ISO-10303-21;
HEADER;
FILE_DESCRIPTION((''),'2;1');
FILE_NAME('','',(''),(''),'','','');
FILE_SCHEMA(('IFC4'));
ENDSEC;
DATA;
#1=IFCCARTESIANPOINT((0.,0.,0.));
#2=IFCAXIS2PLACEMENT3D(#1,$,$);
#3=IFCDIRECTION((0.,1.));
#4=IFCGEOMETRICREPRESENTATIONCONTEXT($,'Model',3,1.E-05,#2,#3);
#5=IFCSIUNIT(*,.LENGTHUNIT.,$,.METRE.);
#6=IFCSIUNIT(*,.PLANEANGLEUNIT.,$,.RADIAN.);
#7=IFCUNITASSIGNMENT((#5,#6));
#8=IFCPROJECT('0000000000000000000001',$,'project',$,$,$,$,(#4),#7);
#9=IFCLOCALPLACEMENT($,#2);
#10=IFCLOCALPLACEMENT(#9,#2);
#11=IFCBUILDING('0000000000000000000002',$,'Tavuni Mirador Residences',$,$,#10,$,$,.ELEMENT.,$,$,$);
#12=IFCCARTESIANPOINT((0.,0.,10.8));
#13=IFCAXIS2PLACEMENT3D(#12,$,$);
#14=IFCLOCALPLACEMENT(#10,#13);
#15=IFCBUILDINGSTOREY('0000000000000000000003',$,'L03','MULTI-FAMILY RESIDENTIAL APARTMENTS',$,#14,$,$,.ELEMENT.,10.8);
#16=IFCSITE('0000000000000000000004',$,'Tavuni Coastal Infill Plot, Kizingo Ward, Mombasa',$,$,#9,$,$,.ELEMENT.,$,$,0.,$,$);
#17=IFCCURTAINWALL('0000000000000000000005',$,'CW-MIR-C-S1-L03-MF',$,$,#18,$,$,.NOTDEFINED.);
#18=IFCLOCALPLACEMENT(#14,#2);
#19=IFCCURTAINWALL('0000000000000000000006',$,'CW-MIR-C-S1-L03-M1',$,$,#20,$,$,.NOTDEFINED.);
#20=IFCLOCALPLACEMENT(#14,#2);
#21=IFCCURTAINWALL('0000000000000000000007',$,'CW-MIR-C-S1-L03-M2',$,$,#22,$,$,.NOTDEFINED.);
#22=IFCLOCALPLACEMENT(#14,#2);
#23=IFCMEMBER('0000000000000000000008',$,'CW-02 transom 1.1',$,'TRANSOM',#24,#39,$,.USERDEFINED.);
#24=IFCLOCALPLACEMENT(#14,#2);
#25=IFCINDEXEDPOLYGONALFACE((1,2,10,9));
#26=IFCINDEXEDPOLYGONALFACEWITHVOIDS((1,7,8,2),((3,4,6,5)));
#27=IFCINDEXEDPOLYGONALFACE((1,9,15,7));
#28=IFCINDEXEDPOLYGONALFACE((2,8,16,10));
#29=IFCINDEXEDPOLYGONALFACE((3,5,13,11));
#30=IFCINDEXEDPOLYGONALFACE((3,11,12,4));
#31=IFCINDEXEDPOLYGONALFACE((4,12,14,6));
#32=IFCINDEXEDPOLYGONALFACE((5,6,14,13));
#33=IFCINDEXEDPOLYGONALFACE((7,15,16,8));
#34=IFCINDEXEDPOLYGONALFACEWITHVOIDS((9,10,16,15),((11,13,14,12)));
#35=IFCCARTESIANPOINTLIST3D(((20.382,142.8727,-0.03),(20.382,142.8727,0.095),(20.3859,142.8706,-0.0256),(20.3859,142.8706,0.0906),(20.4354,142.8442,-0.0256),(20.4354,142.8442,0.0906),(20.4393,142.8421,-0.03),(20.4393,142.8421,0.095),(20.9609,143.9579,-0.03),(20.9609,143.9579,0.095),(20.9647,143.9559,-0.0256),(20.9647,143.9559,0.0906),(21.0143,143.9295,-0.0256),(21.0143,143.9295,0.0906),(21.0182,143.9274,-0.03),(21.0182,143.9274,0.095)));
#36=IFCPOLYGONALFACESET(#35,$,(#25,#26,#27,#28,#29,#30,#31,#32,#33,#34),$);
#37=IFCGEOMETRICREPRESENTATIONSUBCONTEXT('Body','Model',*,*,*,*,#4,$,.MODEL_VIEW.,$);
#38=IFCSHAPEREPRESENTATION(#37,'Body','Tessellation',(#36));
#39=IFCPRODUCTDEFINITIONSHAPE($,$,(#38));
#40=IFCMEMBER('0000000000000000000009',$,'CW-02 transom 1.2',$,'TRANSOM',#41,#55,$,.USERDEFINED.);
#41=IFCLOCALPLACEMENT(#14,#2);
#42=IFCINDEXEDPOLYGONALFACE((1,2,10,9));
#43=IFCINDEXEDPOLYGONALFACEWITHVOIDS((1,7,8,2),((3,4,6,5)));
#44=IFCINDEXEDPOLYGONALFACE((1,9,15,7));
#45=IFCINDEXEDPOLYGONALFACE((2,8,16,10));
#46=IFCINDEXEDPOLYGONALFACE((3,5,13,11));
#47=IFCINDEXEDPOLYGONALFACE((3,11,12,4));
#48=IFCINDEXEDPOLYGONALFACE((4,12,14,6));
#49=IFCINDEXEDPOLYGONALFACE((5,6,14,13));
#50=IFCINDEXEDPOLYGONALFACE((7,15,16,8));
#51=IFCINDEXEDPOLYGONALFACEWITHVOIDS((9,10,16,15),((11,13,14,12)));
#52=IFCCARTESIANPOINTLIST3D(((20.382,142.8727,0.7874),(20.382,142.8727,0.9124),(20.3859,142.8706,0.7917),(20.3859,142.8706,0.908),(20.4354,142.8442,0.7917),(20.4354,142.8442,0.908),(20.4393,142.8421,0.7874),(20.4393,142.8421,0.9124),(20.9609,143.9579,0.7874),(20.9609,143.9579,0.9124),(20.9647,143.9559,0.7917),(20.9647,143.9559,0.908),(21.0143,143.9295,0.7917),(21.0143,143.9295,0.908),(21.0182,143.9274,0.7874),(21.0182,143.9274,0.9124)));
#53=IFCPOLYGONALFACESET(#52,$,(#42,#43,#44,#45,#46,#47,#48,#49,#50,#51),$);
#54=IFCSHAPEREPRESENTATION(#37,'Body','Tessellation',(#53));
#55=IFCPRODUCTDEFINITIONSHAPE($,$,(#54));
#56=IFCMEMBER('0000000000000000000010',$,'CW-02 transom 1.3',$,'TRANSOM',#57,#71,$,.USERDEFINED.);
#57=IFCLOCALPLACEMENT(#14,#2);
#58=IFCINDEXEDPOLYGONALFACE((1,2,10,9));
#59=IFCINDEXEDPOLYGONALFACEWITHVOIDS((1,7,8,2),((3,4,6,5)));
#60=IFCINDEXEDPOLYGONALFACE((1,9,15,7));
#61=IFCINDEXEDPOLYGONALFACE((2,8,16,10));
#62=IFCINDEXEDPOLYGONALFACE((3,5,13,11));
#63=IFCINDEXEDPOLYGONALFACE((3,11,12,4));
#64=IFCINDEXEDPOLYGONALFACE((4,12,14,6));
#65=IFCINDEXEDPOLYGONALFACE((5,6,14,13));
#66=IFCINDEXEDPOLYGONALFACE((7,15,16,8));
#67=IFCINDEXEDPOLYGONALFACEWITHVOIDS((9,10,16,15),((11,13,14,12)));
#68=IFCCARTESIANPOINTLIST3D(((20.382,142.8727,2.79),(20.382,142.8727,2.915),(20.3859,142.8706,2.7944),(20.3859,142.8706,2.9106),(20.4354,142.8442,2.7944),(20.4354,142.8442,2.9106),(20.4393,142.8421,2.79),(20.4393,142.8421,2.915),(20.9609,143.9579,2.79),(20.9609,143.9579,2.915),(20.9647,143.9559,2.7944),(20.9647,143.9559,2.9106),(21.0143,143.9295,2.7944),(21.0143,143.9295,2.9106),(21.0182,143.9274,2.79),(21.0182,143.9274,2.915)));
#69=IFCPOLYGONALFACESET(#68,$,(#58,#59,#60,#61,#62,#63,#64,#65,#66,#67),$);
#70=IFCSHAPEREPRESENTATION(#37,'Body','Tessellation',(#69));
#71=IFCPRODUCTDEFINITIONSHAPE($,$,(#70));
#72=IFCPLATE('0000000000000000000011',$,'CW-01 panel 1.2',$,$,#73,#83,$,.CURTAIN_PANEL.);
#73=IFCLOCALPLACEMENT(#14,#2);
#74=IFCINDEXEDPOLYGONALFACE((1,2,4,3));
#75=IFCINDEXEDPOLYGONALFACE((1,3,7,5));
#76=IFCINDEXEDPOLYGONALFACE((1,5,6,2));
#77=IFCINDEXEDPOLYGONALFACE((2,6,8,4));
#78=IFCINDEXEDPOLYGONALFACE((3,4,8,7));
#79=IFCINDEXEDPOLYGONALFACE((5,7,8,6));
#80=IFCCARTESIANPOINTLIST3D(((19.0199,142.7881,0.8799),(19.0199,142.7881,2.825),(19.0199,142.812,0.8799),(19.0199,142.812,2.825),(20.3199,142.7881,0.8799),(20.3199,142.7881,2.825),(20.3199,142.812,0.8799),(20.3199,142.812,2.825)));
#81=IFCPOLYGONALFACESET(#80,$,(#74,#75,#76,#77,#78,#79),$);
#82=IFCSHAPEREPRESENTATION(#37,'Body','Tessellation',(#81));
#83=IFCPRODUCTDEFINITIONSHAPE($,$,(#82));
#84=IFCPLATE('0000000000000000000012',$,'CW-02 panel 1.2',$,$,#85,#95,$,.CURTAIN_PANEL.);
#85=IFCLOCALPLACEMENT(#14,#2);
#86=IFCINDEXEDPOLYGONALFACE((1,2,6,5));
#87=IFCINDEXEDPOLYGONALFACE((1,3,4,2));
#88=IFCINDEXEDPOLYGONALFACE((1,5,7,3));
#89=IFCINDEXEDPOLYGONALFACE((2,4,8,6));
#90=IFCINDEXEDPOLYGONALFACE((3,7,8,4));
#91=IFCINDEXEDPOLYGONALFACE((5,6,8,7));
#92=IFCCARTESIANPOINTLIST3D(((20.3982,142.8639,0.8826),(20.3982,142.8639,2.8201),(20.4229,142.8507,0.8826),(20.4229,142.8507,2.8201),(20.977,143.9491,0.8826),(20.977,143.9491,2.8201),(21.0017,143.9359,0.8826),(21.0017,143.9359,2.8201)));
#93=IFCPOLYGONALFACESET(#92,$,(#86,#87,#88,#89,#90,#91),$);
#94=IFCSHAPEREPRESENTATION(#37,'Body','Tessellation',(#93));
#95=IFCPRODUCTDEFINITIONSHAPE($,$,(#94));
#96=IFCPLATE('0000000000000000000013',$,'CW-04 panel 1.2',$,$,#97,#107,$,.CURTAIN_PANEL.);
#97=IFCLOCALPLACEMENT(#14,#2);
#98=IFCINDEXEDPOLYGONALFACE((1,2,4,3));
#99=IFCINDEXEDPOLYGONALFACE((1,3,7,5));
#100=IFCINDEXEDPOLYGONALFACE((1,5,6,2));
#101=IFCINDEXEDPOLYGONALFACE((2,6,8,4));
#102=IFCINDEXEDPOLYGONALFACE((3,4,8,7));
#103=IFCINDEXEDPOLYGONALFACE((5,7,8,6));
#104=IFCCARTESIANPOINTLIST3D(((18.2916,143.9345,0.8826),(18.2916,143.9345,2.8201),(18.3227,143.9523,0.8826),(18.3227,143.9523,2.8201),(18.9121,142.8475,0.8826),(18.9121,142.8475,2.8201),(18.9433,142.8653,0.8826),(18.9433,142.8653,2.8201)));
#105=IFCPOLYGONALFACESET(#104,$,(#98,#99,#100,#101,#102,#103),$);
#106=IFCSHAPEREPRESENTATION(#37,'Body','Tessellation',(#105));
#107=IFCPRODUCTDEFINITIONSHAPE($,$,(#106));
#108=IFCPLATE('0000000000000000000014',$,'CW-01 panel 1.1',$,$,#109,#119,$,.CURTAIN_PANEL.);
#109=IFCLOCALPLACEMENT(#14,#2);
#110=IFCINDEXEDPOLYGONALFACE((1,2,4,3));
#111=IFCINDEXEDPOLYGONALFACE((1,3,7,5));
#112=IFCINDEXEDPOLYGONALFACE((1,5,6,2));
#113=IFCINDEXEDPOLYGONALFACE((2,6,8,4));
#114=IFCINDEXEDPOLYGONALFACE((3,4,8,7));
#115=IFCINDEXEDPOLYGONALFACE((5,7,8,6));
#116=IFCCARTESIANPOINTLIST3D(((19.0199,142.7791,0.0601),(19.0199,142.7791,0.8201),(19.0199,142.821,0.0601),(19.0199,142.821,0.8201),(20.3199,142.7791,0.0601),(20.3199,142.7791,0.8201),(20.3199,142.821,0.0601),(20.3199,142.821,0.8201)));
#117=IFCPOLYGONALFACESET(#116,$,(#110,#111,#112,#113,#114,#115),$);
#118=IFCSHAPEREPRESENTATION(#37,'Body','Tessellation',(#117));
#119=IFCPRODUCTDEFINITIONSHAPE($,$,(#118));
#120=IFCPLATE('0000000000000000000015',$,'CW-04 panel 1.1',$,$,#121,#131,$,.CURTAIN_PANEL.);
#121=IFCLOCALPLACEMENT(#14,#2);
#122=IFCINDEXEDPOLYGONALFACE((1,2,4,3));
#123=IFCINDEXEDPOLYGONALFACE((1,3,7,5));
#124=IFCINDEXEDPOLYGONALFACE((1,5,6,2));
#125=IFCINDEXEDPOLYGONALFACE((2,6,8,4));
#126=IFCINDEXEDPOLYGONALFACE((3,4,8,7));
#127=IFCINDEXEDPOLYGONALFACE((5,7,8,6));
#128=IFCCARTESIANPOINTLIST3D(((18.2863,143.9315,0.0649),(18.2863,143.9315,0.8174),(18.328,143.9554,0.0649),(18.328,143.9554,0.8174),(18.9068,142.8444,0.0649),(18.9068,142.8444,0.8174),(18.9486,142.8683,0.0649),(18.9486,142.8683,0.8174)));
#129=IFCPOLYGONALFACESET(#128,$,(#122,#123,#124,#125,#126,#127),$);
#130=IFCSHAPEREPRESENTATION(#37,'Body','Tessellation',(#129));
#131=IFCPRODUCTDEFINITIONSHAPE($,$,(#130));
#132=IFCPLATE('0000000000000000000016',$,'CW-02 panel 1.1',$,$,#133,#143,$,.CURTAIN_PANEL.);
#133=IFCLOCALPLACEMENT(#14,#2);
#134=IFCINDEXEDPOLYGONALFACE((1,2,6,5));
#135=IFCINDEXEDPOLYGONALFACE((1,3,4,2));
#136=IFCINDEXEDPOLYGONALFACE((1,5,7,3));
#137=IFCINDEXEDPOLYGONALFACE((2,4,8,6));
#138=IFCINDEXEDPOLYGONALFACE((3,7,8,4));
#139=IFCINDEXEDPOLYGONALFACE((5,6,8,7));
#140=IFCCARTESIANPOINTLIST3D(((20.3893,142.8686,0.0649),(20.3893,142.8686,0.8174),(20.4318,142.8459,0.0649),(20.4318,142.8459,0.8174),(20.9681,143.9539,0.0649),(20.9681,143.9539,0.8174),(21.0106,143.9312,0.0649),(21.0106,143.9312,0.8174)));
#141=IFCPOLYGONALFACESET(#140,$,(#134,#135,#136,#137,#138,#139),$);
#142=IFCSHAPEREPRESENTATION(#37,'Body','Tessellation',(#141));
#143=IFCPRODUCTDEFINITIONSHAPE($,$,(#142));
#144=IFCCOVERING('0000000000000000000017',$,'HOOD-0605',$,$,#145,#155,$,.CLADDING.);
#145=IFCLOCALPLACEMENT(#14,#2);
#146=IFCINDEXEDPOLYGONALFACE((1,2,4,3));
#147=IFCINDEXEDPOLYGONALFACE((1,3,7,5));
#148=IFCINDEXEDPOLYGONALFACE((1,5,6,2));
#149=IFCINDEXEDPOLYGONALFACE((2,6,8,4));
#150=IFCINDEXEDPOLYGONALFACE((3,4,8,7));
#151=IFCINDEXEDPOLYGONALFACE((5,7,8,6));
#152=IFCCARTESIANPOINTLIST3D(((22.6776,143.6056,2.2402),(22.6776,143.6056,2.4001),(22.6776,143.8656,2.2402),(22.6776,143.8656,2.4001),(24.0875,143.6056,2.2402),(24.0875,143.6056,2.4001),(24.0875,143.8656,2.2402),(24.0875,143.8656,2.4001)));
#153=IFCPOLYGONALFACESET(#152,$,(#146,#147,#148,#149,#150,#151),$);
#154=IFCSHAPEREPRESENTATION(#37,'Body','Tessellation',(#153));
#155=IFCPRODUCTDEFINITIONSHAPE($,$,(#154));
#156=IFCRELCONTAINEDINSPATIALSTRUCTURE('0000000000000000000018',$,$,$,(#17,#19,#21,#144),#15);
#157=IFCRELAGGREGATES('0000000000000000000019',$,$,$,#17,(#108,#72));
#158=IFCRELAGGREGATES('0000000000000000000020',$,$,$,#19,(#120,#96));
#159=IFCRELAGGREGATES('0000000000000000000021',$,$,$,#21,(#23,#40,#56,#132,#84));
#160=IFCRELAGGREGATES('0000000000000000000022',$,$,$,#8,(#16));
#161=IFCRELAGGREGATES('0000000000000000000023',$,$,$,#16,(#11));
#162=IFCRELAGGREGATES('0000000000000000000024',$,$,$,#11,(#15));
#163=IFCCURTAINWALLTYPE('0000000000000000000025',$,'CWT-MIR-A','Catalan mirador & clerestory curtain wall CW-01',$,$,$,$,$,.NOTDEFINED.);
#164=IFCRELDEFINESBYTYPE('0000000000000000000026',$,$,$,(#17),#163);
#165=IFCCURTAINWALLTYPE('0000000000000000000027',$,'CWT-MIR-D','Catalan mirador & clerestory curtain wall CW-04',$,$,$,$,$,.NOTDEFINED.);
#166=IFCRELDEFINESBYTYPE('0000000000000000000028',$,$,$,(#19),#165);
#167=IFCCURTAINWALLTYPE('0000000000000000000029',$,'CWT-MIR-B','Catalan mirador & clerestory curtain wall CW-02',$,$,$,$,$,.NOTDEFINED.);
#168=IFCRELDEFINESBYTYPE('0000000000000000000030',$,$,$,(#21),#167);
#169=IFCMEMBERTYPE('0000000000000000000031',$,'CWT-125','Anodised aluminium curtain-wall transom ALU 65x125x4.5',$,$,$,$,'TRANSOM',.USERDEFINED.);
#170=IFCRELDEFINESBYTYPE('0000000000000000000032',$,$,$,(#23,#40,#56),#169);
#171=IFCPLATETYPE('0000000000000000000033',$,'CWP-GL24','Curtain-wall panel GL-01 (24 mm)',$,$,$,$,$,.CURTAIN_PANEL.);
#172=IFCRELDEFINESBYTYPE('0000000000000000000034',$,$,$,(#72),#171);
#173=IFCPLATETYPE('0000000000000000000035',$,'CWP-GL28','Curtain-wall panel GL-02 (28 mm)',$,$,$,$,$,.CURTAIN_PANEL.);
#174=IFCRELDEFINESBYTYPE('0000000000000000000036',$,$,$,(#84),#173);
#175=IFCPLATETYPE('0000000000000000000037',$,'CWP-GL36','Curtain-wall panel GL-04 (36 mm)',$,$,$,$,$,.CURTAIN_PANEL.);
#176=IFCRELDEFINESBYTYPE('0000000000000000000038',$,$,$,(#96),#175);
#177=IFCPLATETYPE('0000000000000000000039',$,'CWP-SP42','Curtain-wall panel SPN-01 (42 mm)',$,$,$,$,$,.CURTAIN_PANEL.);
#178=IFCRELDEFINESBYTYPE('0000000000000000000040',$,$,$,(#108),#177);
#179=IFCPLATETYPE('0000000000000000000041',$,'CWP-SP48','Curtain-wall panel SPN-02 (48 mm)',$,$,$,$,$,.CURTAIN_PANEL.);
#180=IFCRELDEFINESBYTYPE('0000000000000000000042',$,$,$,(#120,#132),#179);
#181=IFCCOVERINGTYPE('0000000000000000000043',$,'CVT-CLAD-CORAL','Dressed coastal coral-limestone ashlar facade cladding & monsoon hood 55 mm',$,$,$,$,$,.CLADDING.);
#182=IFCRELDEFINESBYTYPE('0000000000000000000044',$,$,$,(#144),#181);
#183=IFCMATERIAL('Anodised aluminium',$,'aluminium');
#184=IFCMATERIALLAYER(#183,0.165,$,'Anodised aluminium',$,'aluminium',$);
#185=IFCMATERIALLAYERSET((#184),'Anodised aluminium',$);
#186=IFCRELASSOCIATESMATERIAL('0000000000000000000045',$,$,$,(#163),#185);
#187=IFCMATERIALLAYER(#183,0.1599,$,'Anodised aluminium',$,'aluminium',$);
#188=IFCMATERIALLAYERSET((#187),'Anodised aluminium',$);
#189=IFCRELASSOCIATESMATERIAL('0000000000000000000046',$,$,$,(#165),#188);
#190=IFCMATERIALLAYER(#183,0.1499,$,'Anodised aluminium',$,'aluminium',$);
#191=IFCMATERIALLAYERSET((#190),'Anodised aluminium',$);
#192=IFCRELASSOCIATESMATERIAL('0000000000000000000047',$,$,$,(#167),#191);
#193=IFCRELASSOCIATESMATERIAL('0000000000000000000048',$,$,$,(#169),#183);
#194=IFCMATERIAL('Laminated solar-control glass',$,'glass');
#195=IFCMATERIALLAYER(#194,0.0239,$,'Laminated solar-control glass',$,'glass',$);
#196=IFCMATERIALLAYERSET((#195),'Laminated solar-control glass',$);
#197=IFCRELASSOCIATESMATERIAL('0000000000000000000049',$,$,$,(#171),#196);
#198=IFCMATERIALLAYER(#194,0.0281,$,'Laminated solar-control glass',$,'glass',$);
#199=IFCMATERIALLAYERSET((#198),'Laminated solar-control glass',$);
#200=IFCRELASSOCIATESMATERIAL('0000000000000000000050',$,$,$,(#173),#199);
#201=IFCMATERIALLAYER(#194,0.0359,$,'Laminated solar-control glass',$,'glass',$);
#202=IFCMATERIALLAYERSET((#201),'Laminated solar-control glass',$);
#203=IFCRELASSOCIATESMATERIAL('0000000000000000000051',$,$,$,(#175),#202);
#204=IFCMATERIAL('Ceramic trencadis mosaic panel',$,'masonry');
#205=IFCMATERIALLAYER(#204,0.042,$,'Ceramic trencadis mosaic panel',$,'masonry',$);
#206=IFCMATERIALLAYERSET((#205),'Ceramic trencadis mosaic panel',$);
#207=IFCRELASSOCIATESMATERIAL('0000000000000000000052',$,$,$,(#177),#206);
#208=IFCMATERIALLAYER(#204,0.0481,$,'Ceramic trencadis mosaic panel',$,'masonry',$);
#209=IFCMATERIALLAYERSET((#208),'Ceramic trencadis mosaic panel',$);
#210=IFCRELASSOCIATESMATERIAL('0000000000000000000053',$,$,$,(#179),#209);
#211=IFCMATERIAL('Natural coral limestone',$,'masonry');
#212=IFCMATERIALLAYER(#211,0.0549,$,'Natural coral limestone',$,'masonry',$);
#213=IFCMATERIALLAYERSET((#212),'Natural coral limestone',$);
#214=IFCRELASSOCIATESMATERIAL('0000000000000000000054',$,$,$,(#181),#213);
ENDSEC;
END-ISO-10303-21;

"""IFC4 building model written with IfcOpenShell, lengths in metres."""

from ifc_helpers import new_model, si_unit, direction, frame, origin, origin_2d, place, context, subcontext, project, spatial, rectangle, hollow_rectangle, extrude, material, layer, layer_set, material_profile, profile_set, type_object, element, aggregate, save


model = new_model("IFC4")

# Units and contexts
model_context = context("Model", 3, precision=1e-05, world=origin(), true_north=direction((0.0, 1.0)))
body_context = subcontext(model_context, "Body", "Model", "MODEL_VIEW")
ifc_project = project(units=[si_unit("LENGTHUNIT", "METRE"), si_unit("PLANEANGLEUNIT", "RADIAN")], contexts=[model_context])

# Site, building, storey
site_placement = place(None, origin())
site = spatial("IfcSite", under=ifc_project, at=site_placement, Name="Tavuni Coastal Infill Plot, Kizingo Ward, Mombasa", CompositionType="ELEMENT", RefElevation=0.0)
building_placement = place(site_placement, origin())
building = spatial("IfcBuilding", under=site, at=building_placement, Name="Tavuni Mirador Residences", CompositionType="ELEMENT")
storey_placement = place(building_placement, frame((0.0, 0.0, 10.8)))
storey = spatial("IfcBuildingStorey", under=building, at=storey_placement, Name="L03", Description="MULTI-FAMILY RESIDENTIAL APARTMENTS", CompositionType="ELEMENT", Elevation=10.8)

# Curtain walls
ifc_material_1 = material(Name="Anodised aluminium", Category="aluminium")
ifc_layer_1 = layer(ifc_material_1, 0.165, Name="Anodised aluminium", Category="aluminium")
ifc_layer_set_1 = layer_set([ifc_layer_1], Name="Anodised aluminium")
curtain_wall_type_1 = type_object("IfcCurtainWallType", Name="CWT-MIR-A", Description="Catalan mirador & clerestory curtain wall CW-01", PredefinedType="NOTDEFINED", material=ifc_layer_set_1)
curtain_wall_1_placement = place(storey_placement, origin())
curtain_wall_1 = element("IfcCurtainWall", 1, at=curtain_wall_1_placement, inside=storey, type_object=curtain_wall_type_1, Name="CW-MIR-C-S1-L03-MF", PredefinedType="NOTDEFINED")
ifc_layer_2 = layer(ifc_material_1, 0.1599, Name="Anodised aluminium", Category="aluminium")
ifc_layer_set_2 = layer_set([ifc_layer_2], Name="Anodised aluminium")
curtain_wall_type_2 = type_object("IfcCurtainWallType", Name="CWT-MIR-D", Description="Catalan mirador & clerestory curtain wall CW-04", PredefinedType="NOTDEFINED", material=ifc_layer_set_2)
curtain_wall_2_placement = place(storey_placement, origin())
curtain_wall_2 = element("IfcCurtainWall", 2, at=curtain_wall_2_placement, inside=storey, type_object=curtain_wall_type_2, Name="CW-MIR-C-S1-L03-M1", PredefinedType="NOTDEFINED")

# Curtain wall
ifc_layer_3 = layer(ifc_material_1, 0.1499, Name="Anodised aluminium", Category="aluminium")
ifc_layer_set_3 = layer_set([ifc_layer_3], Name="Anodised aluminium")
curtain_wall_type_3 = type_object("IfcCurtainWallType", Name="CWT-MIR-B", Description="Catalan mirador & clerestory curtain wall CW-02", PredefinedType="NOTDEFINED", material=ifc_layer_set_3)
curtain_wall_3_placement = place(storey_placement, origin())
curtain_wall_3 = element("IfcCurtainWall", 3, at=curtain_wall_3_placement, inside=storey, type_object=curtain_wall_type_3, Name="CW-MIR-C-S1-L03-M2", PredefinedType="NOTDEFINED")

# Members
ifc_material_profile_1 = material_profile(ifc_material_1, hollow_rectangle(XDim=0.0649, YDim=0.125, WallThickness=0.0044, at=origin_2d()), Name="ALU 65x125x4.5", Category="aluminium")
ifc_profile_set_1 = profile_set([ifc_material_profile_1], Name="Anodised aluminium")
member_type_1 = type_object("IfcMemberType", Name="CWT-125", Description="Anodised aluminium curtain-wall transom ALU 65x125x4.5", ElementType="TRANSOM", PredefinedType="USERDEFINED", material=ifc_profile_set_1)
member_1_placement = place(storey_placement, frame((20.4106, 142.8574, 0.0325), z_axis=(0.47064, 0.882325, 0.0), x_axis=(-0.882325, 0.47064, 0.0)))
member_1 = element("IfcMember", 4, at=member_1_placement, type_object=member_type_1, Name="CW-02 transom 1.1", ObjectType="TRANSOM", PredefinedType="USERDEFINED", context=body_context, shape_type="SweptSolid", body=[
    extrude(hollow_rectangle(XDim=0.0649, YDim=0.125, WallThickness=0.0044, at=origin_2d()), origin(), (0.0, 0.0, 1.0), 1.23),
])
member_2_placement = place(storey_placement, frame((20.4106, 142.8574, 0.8499), z_axis=(0.47064, 0.882325, 0.0), x_axis=(-0.882325, 0.47064, 0.0)))
member_2 = element("IfcMember", 5, at=member_2_placement, type_object=member_type_1, Name="CW-02 transom 1.2", ObjectType="TRANSOM", PredefinedType="USERDEFINED", context=body_context, shape_type="SweptSolid", body=[
    extrude(hollow_rectangle(XDim=0.0649, YDim=0.125, WallThickness=0.0044, at=origin_2d()), origin(), (0.0, 0.0, 1.0), 1.23),
])
member_3_placement = place(storey_placement, frame((20.4106, 142.8574, 2.8525), z_axis=(0.47064, 0.882325, 0.0), x_axis=(-0.882325, 0.47064, 0.0)))
member_3 = element("IfcMember", 6, at=member_3_placement, type_object=member_type_1, Name="CW-02 transom 1.3", ObjectType="TRANSOM", PredefinedType="USERDEFINED", context=body_context, shape_type="SweptSolid", body=[
    extrude(hollow_rectangle(XDim=0.0649, YDim=0.125, WallThickness=0.0044, at=origin_2d()), origin(), (0.0, 0.0, 1.0), 1.23),
])

# Plates
ifc_material_2 = material(Name="Laminated solar-control glass", Category="glass")
ifc_layer_4 = layer(ifc_material_2, 0.0239, Name="Laminated solar-control glass", Category="glass")
ifc_layer_set_4 = layer_set([ifc_layer_4], Name="Laminated solar-control glass")
plate_type_1 = type_object("IfcPlateType", Name="CWP-GL24", Description="Curtain-wall panel GL-01 (24 mm)", PredefinedType="CURTAIN_PANEL", material=ifc_layer_set_4)
plate_1_placement = place(storey_placement, frame((19.6699, 142.8, 0.8799), z_axis=(0.0, 0.0, 1.0), x_axis=(1.0, 0.0, 0.0)))
plate_1 = element("IfcPlate", 7, at=plate_1_placement, type_object=plate_type_1, Name="CW-01 panel 1.2", PredefinedType="CURTAIN_PANEL", context=body_context, shape_type="SweptSolid", body=[
    extrude(rectangle(XDim=1.3, YDim=0.0239, at=origin_2d()), origin(), (0.0, 0.0, 1.0), 1.9451),
])
ifc_layer_5 = layer(ifc_material_2, 0.0281, Name="Laminated solar-control glass", Category="glass")
ifc_layer_set_5 = layer_set([ifc_layer_5], Name="Laminated solar-control glass")
plate_type_2 = type_object("IfcPlateType", Name="CWP-GL28", Description="Curtain-wall panel GL-02 (28 mm)", PredefinedType="CURTAIN_PANEL", material=ifc_layer_set_5)
plate_2_placement = place(storey_placement, frame((20.7, 143.3999, 0.8826), z_axis=(0.0, 0.0, 1.0), x_axis=(0.470588, 0.882353, 0.0)))
plate_2 = element("IfcPlate", 8, at=plate_2_placement, type_object=plate_type_2, Name="CW-02 panel 1.2", PredefinedType="CURTAIN_PANEL", context=body_context, shape_type="SweptSolid", body=[
    extrude(rectangle(XDim=1.23, YDim=0.0281, at=origin_2d()), origin(), (0.0, 0.0, 1.0), 1.9375),
])
ifc_layer_6 = layer(ifc_material_2, 0.0359, Name="Laminated solar-control glass", Category="glass")
ifc_layer_set_6 = layer_set([ifc_layer_6], Name="Laminated solar-control glass")
plate_type_3 = type_object("IfcPlateType", Name="CWP-GL36", Description="Curtain-wall panel GL-04 (36 mm)", PredefinedType="CURTAIN_PANEL", material=ifc_layer_set_6)
plate_3_placement = place(storey_placement, frame((18.6174, 143.3999, 0.8826), z_axis=(0.0, 0.0, 1.0), x_axis=(0.495749, -0.868466, 0.0)))
plate_3 = element("IfcPlate", 9, at=plate_3_placement, type_object=plate_type_3, Name="CW-04 panel 1.2", PredefinedType="CURTAIN_PANEL", context=body_context, shape_type="SweptSolid", body=[
    extrude(rectangle(XDim=1.2517, YDim=0.0359, at=origin_2d()), origin(), (0.0, 0.0, 1.0), 1.9375),
])
ifc_material_3 = material(Name="Ceramic trencadis mosaic panel", Category="masonry")
ifc_layer_7 = layer(ifc_material_3, 0.042, Name="Ceramic trencadis mosaic panel", Category="masonry")
ifc_layer_set_7 = layer_set([ifc_layer_7], Name="Ceramic trencadis mosaic panel")
plate_type_4 = type_object("IfcPlateType", Name="CWP-SP42", Description="Curtain-wall panel SPN-01 (42 mm)", PredefinedType="CURTAIN_PANEL", material=ifc_layer_set_7)
plate_4_placement = place(storey_placement, frame((19.6699, 142.8, 0.0601), z_axis=(0.0, 0.0, 1.0), x_axis=(1.0, 0.0, 0.0)))
plate_4 = element("IfcPlate", 10, at=plate_4_placement, type_object=plate_type_4, Name="CW-01 panel 1.1", PredefinedType="CURTAIN_PANEL", context=body_context, shape_type="SweptSolid", body=[
    extrude(rectangle(XDim=1.3, YDim=0.042, at=origin_2d()), origin(), (0.0, 0.0, 1.0), 0.76),
])
aggregate(curtain_wall_1, [plate_4, plate_1])
ifc_layer_8 = layer(ifc_material_3, 0.0481, Name="Ceramic trencadis mosaic panel", Category="masonry")
ifc_layer_set_8 = layer_set([ifc_layer_8], Name="Ceramic trencadis mosaic panel")
plate_type_5 = type_object("IfcPlateType", Name="CWP-SP48", Description="Curtain-wall panel SPN-02 (48 mm)", PredefinedType="CURTAIN_PANEL", material=ifc_layer_set_8)
plate_5_placement = place(storey_placement, frame((18.6174, 143.3999, 0.0649), z_axis=(0.0, 0.0, 1.0), x_axis=(0.495749, -0.868466, 0.0)))
plate_5 = element("IfcPlate", 11, at=plate_5_placement, type_object=plate_type_5, Name="CW-04 panel 1.1", PredefinedType="CURTAIN_PANEL", context=body_context, shape_type="SweptSolid", body=[
    extrude(rectangle(XDim=1.2517, YDim=0.0481, at=origin_2d()), origin(), (0.0, 0.0, 1.0), 0.7524),
])
aggregate(curtain_wall_2, [plate_5, plate_3])
plate_6_placement = place(storey_placement, frame((20.7, 143.3999, 0.0649), z_axis=(0.0, 0.0, 1.0), x_axis=(0.470588, 0.882353, 0.0)))
plate_6 = element("IfcPlate", 12, at=plate_6_placement, type_object=plate_type_5, Name="CW-02 panel 1.1", PredefinedType="CURTAIN_PANEL", context=body_context, shape_type="SweptSolid", body=[
    extrude(rectangle(XDim=1.23, YDim=0.0481, at=origin_2d()), origin(), (0.0, 0.0, 1.0), 0.7524),
])
aggregate(curtain_wall_3, [member_1, member_2, member_3, plate_6, plate_2])

# Covering
ifc_material_4 = material(Name="Natural coral limestone", Category="masonry")
ifc_layer_9 = layer(ifc_material_4, 0.0549, Name="Natural coral limestone", Category="masonry")
ifc_layer_set_9 = layer_set([ifc_layer_9], Name="Natural coral limestone")
covering_type = type_object("IfcCoveringType", Name="CVT-CLAD-CORAL", Description="Dressed coastal coral-limestone ashlar facade cladding & monsoon hood 55 mm", PredefinedType="CLADDING", material=ifc_layer_set_9)
covering_placement = place(storey_placement, frame((23.3826, 143.7356, 2.2402), z_axis=(0.0, 0.0, 1.0), x_axis=(1.0, 0.0, 0.0)))
element("IfcCovering", 13, at=covering_placement, inside=storey, type_object=covering_type, Name="HOOD-0605", PredefinedType="CLADDING", context=body_context, shape_type="SweptSolid", body=[
    extrude(rectangle(XDim=1.4099, YDim=0.26, at=origin_2d()), origin(), (0.0, 0.0, 1.0), 0.1599),
])

save(model, "model.ifc")
